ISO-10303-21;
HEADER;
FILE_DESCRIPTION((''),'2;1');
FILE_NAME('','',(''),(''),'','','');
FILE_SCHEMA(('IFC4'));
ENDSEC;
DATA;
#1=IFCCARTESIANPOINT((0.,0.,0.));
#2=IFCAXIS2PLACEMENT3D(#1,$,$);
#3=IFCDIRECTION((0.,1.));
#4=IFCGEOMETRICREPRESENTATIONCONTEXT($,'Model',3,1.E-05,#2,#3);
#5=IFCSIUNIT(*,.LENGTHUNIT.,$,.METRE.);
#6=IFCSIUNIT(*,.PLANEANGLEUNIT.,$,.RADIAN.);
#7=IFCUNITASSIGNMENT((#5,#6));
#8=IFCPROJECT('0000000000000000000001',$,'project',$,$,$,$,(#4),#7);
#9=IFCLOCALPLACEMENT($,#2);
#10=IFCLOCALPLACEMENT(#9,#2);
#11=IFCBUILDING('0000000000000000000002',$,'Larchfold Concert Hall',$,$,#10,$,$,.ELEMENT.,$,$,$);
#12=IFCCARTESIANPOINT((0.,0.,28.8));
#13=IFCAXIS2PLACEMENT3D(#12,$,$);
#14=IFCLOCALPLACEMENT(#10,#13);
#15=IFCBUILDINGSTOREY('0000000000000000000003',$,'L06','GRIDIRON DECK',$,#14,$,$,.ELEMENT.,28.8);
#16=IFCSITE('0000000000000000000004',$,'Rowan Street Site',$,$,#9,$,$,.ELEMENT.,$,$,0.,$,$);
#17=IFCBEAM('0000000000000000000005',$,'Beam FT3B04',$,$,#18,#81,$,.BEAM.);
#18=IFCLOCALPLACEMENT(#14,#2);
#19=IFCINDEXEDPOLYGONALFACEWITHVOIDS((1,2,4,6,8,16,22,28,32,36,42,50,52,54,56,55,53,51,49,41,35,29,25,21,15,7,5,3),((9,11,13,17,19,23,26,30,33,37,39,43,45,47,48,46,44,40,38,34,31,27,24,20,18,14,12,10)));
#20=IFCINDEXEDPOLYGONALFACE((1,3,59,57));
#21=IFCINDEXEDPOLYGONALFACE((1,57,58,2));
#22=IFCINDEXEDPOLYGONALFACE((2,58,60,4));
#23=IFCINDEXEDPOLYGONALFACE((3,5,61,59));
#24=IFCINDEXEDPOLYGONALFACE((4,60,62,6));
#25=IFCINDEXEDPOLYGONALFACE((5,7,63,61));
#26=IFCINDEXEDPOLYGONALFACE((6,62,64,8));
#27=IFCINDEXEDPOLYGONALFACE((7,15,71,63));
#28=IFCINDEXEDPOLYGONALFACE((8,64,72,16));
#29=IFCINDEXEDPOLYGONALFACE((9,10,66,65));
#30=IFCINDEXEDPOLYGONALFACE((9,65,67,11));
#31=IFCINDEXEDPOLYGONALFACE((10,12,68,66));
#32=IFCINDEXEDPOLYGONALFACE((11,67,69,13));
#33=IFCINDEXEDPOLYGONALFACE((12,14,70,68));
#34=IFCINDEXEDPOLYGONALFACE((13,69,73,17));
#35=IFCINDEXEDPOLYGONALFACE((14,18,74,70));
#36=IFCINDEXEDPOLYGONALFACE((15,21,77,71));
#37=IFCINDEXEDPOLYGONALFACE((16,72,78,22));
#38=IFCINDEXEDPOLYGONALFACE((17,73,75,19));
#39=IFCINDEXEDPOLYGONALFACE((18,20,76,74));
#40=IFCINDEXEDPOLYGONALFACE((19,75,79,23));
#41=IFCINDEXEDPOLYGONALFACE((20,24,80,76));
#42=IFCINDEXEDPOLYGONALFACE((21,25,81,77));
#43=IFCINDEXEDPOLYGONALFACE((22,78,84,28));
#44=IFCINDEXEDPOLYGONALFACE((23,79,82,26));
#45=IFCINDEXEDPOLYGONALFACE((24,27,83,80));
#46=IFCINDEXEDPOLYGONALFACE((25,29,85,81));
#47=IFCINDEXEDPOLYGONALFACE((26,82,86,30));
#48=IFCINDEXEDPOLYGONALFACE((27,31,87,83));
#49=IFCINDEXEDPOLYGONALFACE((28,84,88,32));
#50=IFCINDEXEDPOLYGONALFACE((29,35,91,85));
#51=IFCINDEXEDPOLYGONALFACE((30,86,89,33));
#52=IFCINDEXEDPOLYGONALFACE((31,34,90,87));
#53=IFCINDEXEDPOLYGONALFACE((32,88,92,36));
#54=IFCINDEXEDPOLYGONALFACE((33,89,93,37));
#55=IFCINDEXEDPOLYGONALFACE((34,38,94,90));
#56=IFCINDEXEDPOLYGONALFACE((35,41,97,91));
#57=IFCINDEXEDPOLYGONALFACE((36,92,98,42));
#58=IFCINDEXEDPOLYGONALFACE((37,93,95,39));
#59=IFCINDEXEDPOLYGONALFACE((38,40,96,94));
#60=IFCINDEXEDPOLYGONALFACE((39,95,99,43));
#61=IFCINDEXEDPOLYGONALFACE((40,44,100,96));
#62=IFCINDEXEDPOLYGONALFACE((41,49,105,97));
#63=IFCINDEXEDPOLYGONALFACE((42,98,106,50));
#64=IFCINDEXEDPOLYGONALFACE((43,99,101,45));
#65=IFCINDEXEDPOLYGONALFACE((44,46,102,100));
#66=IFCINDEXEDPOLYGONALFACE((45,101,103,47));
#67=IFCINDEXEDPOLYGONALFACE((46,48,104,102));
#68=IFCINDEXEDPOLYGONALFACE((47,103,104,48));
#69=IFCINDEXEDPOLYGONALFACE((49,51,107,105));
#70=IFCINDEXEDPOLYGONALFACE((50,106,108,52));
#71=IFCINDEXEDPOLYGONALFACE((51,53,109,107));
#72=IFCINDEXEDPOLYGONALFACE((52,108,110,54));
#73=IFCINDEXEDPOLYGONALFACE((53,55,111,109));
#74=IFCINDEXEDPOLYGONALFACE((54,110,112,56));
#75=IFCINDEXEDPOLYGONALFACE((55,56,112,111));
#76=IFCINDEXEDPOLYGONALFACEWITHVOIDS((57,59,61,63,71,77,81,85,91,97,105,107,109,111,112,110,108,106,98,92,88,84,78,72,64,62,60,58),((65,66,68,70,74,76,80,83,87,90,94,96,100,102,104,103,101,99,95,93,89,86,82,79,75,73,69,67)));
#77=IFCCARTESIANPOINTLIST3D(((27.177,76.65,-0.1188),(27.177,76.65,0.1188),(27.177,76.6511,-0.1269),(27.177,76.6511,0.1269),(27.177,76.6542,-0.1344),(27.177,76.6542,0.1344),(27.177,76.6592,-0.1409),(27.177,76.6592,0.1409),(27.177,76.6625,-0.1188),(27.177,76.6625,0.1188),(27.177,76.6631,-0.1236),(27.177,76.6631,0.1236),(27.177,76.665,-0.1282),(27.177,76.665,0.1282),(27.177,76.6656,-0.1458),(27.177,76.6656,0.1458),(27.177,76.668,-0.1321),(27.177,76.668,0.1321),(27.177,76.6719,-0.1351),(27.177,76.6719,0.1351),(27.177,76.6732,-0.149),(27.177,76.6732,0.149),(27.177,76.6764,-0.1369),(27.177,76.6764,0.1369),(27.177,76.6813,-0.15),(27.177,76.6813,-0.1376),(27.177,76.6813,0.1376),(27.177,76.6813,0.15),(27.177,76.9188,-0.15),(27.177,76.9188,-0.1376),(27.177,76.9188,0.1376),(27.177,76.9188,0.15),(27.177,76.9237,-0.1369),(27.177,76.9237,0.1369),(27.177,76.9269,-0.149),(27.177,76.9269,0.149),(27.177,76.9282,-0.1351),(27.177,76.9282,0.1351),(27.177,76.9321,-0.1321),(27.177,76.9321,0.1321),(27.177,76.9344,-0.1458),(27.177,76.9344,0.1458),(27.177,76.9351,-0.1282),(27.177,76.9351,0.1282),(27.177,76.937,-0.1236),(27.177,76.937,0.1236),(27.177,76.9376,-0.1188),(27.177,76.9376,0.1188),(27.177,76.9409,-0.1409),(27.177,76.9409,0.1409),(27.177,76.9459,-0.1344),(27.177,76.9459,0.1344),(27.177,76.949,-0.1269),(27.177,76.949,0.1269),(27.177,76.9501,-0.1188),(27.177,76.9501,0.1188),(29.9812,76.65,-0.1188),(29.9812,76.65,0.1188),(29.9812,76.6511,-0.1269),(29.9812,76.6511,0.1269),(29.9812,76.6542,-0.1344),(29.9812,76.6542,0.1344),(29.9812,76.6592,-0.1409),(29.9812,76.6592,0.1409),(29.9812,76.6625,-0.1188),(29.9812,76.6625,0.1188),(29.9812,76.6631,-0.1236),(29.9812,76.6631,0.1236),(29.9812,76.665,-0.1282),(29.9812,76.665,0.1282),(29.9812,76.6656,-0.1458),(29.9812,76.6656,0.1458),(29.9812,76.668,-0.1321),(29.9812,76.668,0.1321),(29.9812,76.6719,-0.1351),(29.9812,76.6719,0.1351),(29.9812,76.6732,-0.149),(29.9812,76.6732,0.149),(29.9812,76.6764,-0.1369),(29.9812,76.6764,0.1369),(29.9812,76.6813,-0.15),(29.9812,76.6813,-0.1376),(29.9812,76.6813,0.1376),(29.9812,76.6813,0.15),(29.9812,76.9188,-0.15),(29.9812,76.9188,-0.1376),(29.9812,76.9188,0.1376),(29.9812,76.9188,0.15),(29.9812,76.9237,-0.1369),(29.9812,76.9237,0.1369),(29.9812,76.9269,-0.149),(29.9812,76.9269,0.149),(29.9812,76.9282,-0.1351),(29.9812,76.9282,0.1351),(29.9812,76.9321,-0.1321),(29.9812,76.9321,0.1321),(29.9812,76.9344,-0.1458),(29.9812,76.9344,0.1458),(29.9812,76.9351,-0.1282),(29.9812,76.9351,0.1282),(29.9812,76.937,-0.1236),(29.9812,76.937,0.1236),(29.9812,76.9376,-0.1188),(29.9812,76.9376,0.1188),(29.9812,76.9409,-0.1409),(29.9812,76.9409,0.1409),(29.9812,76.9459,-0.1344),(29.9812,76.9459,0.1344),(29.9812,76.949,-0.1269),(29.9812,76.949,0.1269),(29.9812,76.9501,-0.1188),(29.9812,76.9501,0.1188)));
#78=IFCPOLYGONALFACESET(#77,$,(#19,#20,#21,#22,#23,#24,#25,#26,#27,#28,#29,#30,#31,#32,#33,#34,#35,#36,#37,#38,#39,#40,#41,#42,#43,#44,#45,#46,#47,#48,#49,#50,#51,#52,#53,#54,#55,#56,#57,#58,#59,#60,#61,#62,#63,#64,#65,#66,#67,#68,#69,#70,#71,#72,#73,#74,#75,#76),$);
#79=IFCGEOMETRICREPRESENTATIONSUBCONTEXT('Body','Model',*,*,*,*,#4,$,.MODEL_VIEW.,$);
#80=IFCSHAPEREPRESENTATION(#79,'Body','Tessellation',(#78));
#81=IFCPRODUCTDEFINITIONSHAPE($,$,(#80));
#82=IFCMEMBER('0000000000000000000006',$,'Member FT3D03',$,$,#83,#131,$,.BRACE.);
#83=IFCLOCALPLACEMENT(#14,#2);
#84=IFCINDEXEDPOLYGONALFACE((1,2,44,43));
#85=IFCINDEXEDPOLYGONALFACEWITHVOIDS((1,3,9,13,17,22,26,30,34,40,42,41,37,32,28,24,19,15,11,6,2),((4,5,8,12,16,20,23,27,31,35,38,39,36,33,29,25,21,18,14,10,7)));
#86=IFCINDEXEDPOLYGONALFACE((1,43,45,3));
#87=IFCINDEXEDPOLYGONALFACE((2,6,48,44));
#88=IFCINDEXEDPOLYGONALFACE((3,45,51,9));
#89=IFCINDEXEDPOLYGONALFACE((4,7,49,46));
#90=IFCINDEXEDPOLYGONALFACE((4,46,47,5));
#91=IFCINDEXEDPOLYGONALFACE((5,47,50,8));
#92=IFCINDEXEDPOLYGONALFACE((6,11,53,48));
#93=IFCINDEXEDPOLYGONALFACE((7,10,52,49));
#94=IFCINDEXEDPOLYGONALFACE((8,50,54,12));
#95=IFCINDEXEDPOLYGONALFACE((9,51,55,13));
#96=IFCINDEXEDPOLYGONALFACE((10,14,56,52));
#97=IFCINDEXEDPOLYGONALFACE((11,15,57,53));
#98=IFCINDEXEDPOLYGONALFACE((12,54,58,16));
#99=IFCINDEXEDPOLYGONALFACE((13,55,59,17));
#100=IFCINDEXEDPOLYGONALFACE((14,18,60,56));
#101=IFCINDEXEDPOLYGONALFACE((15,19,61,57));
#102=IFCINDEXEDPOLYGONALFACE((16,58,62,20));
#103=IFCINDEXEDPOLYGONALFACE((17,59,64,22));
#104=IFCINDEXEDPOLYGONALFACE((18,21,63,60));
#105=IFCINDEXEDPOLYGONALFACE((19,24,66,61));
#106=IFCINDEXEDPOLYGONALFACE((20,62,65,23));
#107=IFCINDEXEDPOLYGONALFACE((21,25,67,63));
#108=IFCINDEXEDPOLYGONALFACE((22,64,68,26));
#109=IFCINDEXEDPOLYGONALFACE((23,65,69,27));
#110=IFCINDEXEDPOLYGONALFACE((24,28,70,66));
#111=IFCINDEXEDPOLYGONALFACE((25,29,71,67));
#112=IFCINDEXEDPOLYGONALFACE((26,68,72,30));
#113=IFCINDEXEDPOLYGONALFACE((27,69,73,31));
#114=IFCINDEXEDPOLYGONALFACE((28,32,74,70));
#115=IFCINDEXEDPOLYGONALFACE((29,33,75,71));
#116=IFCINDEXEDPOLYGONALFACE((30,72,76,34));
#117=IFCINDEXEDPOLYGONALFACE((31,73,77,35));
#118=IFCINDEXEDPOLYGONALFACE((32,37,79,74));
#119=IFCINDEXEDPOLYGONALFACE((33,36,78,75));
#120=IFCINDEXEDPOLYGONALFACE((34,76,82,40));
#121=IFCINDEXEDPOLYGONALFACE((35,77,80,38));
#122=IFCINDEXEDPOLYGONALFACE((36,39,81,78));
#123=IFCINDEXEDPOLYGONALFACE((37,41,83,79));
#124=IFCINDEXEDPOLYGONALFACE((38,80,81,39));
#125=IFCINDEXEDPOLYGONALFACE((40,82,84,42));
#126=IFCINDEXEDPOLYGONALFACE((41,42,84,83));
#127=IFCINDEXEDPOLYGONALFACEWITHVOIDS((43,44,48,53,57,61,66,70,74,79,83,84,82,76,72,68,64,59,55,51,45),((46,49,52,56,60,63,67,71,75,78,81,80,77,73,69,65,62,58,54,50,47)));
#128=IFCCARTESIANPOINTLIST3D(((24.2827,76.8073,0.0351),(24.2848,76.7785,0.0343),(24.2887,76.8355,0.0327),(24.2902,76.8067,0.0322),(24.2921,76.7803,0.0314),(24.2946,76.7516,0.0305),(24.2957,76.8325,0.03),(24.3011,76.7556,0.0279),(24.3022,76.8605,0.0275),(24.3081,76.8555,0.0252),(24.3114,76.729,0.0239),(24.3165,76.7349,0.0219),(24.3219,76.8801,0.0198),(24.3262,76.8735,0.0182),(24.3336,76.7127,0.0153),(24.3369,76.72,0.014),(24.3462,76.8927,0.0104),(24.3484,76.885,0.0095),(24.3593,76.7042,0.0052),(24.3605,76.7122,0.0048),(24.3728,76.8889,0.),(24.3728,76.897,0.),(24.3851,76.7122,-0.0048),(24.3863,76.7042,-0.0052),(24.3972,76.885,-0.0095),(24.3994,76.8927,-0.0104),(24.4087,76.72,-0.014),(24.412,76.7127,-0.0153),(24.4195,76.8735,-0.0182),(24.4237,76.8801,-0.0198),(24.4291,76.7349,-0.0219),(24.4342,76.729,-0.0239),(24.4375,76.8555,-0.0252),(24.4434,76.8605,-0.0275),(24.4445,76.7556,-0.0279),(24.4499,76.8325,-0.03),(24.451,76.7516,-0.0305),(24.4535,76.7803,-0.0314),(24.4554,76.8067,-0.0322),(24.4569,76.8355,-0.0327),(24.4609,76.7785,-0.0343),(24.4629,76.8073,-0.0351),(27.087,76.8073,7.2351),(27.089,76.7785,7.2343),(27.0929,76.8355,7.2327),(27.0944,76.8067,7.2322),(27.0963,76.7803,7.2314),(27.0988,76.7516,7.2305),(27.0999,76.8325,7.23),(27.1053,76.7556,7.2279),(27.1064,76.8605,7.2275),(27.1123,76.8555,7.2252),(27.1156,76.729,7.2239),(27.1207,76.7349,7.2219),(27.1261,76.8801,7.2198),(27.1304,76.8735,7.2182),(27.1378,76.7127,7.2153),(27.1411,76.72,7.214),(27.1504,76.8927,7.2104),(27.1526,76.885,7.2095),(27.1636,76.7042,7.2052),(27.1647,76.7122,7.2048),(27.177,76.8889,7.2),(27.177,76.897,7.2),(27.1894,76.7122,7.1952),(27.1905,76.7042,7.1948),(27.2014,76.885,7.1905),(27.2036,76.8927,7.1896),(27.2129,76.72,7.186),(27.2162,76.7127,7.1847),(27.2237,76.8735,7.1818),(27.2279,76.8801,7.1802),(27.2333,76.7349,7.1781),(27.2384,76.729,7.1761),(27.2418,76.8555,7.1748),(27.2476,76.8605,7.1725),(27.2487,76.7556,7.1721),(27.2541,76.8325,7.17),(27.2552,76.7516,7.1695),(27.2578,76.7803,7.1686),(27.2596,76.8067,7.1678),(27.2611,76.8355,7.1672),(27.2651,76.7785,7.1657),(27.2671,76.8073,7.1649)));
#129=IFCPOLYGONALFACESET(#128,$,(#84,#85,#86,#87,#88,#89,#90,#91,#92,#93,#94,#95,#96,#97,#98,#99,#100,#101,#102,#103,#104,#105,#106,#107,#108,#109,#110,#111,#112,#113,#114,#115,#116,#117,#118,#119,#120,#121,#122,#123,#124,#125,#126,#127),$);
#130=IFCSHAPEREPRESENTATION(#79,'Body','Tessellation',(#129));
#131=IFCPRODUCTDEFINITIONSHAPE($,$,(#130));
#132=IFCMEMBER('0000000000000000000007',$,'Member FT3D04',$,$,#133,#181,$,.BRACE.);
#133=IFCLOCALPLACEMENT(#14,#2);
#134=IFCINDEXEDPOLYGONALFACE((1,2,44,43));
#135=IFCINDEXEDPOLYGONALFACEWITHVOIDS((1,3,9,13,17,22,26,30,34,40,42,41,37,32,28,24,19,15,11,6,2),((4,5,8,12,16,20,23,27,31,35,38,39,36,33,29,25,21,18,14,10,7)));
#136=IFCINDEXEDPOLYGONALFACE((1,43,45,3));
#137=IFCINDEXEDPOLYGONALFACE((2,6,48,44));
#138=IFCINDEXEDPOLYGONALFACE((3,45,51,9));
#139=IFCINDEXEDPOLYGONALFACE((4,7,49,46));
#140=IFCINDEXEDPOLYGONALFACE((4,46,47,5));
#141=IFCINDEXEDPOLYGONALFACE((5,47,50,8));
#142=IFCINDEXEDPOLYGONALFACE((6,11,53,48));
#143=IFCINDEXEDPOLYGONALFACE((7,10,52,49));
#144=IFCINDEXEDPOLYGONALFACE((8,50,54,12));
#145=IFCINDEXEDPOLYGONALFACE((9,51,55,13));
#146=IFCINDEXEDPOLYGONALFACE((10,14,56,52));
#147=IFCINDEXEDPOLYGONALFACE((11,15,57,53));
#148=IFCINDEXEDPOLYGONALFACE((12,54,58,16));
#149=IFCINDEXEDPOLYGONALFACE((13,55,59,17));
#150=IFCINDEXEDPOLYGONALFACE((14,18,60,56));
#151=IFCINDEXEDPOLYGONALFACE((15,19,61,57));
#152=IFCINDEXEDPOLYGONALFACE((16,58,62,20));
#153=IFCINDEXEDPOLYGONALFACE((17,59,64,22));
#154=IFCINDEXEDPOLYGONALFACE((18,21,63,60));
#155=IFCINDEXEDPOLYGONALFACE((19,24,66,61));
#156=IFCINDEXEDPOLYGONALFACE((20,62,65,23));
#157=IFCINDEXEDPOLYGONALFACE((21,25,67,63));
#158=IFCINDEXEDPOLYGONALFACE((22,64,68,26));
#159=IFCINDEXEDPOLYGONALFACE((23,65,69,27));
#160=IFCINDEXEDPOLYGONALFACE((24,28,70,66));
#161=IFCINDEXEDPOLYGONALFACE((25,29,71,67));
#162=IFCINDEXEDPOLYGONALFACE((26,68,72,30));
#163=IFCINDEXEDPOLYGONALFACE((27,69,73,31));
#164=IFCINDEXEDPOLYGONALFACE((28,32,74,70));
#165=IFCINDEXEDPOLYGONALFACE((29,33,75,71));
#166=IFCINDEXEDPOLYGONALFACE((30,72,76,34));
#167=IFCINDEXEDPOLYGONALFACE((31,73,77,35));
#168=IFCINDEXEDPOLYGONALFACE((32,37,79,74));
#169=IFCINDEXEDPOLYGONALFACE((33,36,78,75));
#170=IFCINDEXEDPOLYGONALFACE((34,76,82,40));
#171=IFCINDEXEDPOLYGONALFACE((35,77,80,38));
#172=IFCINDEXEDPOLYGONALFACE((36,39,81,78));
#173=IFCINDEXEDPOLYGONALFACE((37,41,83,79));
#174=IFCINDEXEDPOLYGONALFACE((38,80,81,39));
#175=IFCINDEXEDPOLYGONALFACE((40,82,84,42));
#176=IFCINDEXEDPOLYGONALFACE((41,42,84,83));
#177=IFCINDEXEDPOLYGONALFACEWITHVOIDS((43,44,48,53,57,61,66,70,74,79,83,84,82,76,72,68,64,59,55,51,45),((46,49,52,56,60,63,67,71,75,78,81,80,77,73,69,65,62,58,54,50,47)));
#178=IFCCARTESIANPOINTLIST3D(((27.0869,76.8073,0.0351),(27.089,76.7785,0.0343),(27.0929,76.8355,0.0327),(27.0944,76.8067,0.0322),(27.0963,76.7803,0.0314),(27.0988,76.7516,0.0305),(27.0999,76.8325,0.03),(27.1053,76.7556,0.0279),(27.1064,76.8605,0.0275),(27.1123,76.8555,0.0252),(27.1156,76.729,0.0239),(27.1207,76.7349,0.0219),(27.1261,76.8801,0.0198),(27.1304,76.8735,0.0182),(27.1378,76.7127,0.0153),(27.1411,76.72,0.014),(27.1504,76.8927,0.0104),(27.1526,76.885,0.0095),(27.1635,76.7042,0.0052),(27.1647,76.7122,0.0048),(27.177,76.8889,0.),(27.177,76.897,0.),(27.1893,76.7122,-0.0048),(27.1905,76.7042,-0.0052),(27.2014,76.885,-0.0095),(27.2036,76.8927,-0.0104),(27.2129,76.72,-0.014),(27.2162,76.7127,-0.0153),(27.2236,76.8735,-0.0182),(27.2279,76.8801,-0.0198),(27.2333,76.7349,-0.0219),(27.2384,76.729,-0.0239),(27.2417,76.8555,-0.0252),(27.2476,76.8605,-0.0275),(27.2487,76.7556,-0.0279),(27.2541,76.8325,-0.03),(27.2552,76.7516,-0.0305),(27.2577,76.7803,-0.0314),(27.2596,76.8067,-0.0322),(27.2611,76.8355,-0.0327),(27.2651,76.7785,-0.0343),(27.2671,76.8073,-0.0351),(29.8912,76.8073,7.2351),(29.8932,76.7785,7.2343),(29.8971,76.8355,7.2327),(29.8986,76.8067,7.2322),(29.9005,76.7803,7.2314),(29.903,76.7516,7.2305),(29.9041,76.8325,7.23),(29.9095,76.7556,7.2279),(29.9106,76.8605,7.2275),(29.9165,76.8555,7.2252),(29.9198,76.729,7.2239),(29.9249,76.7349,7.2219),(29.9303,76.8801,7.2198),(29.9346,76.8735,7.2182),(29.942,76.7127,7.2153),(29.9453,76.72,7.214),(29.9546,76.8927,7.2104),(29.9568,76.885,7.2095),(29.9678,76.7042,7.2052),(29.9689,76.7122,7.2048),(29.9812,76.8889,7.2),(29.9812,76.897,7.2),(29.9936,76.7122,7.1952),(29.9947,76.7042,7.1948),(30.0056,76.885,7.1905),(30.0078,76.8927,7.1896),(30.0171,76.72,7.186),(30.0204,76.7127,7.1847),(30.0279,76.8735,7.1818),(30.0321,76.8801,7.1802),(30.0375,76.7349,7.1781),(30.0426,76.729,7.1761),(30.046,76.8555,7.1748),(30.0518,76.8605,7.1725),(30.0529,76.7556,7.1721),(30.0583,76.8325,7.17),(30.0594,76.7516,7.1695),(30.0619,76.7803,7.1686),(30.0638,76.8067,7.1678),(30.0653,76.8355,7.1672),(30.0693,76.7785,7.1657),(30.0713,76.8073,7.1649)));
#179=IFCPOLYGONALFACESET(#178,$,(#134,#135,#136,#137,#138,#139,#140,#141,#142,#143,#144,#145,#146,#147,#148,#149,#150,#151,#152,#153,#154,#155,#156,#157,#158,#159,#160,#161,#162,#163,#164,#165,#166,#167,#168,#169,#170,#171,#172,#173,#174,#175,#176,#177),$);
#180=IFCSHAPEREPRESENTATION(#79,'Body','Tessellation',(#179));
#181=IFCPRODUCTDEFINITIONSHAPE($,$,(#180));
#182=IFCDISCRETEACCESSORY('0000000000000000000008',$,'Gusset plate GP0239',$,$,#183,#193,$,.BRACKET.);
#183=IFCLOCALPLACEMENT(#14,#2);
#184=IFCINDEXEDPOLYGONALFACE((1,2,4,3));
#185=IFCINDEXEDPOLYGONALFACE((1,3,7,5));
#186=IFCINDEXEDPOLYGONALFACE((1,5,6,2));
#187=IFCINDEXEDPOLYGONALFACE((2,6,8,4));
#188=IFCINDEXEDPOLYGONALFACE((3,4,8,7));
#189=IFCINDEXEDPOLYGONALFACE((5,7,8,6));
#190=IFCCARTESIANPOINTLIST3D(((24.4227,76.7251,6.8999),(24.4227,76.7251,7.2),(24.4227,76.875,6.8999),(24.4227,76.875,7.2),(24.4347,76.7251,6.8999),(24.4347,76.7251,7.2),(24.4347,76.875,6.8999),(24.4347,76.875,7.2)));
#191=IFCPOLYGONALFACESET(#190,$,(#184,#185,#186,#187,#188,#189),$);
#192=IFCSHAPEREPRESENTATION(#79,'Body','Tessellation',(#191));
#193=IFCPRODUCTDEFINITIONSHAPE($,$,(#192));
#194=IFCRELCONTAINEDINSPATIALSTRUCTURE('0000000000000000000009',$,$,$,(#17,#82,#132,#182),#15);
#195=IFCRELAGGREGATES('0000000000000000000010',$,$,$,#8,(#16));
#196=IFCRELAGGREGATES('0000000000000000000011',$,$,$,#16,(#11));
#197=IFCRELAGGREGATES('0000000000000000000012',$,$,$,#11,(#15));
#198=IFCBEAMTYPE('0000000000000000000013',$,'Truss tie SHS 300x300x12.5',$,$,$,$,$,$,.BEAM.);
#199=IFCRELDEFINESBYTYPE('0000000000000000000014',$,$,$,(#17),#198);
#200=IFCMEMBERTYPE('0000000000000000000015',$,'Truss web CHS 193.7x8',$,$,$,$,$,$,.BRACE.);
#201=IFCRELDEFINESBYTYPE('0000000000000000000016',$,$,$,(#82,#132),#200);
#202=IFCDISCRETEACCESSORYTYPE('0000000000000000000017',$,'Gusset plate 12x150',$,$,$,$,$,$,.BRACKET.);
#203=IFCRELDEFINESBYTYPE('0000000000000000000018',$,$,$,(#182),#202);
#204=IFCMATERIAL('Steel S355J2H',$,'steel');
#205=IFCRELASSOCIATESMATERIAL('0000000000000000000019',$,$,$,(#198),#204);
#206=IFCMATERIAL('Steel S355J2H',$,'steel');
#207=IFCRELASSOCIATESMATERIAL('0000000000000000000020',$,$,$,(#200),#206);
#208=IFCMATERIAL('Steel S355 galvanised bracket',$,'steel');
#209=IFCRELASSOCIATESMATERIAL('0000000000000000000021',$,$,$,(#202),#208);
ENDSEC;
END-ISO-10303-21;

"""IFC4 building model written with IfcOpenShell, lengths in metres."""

from ifc_helpers import new_model, si_unit, direction, frame, origin, origin_2d, place, context, subcontext, project, spatial, rectangle, hollow_rectangle, hollow_circle, extrude, material, material_profile, profile_set, type_object, element, save


model = new_model("IFC4")

# Units and contexts
model_context = context("Model", 3, precision=1e-05, world=origin(), true_north=direction((0.0, 1.0)))
body_context = subcontext(model_context, "Body", "Model", "MODEL_VIEW")
ifc_project = project(units=[si_unit("LENGTHUNIT", "METRE"), si_unit("PLANEANGLEUNIT", "RADIAN")], contexts=[model_context])

# Site, building, storey
site_placement = place(None, origin())
site = spatial("IfcSite", under=ifc_project, at=site_placement, Name="Rowan Street Site", CompositionType="ELEMENT", RefElevation=0.0)
building_placement = place(site_placement, origin())
building = spatial("IfcBuilding", under=site, at=building_placement, Name="Larchfold Concert Hall", CompositionType="ELEMENT")
storey_placement = place(building_placement, frame((0.0, 0.0, 28.8)))
storey = spatial("IfcBuildingStorey", under=building, at=storey_placement, Name="L06", Description="GRIDIRON DECK", CompositionType="ELEMENT", Elevation=28.8)

# Beam
ifc_material_1 = material(Name="Steel S355J2H", Category="steel")
ifc_material_profile_1 = material_profile(ifc_material_1, hollow_rectangle(XDim=0.3, YDim=0.3, WallThickness=0.0125, InnerFilletRadius=0.0188, OuterFilletRadius=0.0312, at=origin_2d()))
ifc_profile_set_1 = profile_set([ifc_material_profile_1], Name="Steel S355J2H")
beam_type_1 = type_object("IfcBeamType", Name="Truss tie SHS 300x300x12.5", PredefinedType="BEAM", material=ifc_profile_set_1)
for number, where, z_axis, x_axis, name in (
    (1, (27.177, 76.8, 0.0), (1.0, 0.0, 0.0), (0.0, 1.0, 0.0), "Beam FT3B04"),
):
    element("IfcBeam", number, at=place(storey_placement, frame(where, z_axis=z_axis, x_axis=x_axis)), inside=storey, type_object=beam_type_1, Name=name, PredefinedType="BEAM", context=body_context, shape_type="SweptSolid", body=[
        extrude(hollow_rectangle(XDim=0.3, YDim=0.3, WallThickness=0.0125, InnerFilletRadius=0.0188, OuterFilletRadius=0.0312, at=origin_2d()), origin(), (0.0, 0.0, 1.0), 2.8042),
    ])

# Members
ifc_material_2 = material(Name="Steel S355J2H", Category="steel")
ifc_material_profile_2 = material_profile(ifc_material_2, hollow_circle(Radius=0.0969, WallThickness=0.0081, at=origin_2d()))
ifc_profile_set_2 = profile_set([ifc_material_profile_2], Name="Steel S355J2H")
member_type_1 = type_object("IfcMemberType", Name="Truss web CHS 193.7x8", PredefinedType="BRACE", material=ifc_profile_set_2)
for number, where, z_axis, x_axis, name in (
    (2, (24.3728, 76.8, 0.0), (0.36292, 0.0, 0.93182), (0.0, 1.0, 0.0), "Member FT3D03"),
    (3, (27.177, 76.8, 0.0), (0.36292, 0.0, 0.93182), (0.0, 1.0, 0.0), "Member FT3D04"),
):
    element("IfcMember", number, at=place(storey_placement, frame(where, z_axis=z_axis, x_axis=x_axis)), inside=storey, type_object=member_type_1, Name=name, PredefinedType="BRACE", context=body_context, shape_type="SweptSolid", body=[
        extrude(hollow_circle(Radius=0.0969, WallThickness=0.0081, at=origin_2d()), origin(), (0.0, 0.0, 1.0), 7.7268),
    ])

# Discrete accessory
ifc_material_3 = material(Name="Steel S355 galvanised bracket", Category="steel")
ifc_material_profile_3 = material_profile(ifc_material_3, rectangle(XDim=0.012, YDim=0.1499, at=origin_2d()))
ifc_profile_set_3 = profile_set([ifc_material_profile_3], Name="Steel S355 galvanised bracket")
discrete_accessory_type_1 = type_object("IfcDiscreteAccessoryType", Name="Gusset plate 12x150", PredefinedType="BRACKET", material=ifc_profile_set_3)
for number, where, z_axis, x_axis, name in (
    (4, (24.4287, 76.8, 7.2), (0.0, 0.0, -1.0), (1.0, 0.0, 0.0), "Gusset plate GP0239"),
):
    element("IfcDiscreteAccessory", number, at=place(storey_placement, frame(where, z_axis=z_axis, x_axis=x_axis)), inside=storey, type_object=discrete_accessory_type_1, Name=name, PredefinedType="BRACKET", context=body_context, shape_type="SweptSolid", body=[
        extrude(rectangle(XDim=0.012, YDim=0.1499, at=origin_2d()), origin(), (0.0, 0.0, 1.0), 0.3),
    ])

save(model, "model.ifc")
